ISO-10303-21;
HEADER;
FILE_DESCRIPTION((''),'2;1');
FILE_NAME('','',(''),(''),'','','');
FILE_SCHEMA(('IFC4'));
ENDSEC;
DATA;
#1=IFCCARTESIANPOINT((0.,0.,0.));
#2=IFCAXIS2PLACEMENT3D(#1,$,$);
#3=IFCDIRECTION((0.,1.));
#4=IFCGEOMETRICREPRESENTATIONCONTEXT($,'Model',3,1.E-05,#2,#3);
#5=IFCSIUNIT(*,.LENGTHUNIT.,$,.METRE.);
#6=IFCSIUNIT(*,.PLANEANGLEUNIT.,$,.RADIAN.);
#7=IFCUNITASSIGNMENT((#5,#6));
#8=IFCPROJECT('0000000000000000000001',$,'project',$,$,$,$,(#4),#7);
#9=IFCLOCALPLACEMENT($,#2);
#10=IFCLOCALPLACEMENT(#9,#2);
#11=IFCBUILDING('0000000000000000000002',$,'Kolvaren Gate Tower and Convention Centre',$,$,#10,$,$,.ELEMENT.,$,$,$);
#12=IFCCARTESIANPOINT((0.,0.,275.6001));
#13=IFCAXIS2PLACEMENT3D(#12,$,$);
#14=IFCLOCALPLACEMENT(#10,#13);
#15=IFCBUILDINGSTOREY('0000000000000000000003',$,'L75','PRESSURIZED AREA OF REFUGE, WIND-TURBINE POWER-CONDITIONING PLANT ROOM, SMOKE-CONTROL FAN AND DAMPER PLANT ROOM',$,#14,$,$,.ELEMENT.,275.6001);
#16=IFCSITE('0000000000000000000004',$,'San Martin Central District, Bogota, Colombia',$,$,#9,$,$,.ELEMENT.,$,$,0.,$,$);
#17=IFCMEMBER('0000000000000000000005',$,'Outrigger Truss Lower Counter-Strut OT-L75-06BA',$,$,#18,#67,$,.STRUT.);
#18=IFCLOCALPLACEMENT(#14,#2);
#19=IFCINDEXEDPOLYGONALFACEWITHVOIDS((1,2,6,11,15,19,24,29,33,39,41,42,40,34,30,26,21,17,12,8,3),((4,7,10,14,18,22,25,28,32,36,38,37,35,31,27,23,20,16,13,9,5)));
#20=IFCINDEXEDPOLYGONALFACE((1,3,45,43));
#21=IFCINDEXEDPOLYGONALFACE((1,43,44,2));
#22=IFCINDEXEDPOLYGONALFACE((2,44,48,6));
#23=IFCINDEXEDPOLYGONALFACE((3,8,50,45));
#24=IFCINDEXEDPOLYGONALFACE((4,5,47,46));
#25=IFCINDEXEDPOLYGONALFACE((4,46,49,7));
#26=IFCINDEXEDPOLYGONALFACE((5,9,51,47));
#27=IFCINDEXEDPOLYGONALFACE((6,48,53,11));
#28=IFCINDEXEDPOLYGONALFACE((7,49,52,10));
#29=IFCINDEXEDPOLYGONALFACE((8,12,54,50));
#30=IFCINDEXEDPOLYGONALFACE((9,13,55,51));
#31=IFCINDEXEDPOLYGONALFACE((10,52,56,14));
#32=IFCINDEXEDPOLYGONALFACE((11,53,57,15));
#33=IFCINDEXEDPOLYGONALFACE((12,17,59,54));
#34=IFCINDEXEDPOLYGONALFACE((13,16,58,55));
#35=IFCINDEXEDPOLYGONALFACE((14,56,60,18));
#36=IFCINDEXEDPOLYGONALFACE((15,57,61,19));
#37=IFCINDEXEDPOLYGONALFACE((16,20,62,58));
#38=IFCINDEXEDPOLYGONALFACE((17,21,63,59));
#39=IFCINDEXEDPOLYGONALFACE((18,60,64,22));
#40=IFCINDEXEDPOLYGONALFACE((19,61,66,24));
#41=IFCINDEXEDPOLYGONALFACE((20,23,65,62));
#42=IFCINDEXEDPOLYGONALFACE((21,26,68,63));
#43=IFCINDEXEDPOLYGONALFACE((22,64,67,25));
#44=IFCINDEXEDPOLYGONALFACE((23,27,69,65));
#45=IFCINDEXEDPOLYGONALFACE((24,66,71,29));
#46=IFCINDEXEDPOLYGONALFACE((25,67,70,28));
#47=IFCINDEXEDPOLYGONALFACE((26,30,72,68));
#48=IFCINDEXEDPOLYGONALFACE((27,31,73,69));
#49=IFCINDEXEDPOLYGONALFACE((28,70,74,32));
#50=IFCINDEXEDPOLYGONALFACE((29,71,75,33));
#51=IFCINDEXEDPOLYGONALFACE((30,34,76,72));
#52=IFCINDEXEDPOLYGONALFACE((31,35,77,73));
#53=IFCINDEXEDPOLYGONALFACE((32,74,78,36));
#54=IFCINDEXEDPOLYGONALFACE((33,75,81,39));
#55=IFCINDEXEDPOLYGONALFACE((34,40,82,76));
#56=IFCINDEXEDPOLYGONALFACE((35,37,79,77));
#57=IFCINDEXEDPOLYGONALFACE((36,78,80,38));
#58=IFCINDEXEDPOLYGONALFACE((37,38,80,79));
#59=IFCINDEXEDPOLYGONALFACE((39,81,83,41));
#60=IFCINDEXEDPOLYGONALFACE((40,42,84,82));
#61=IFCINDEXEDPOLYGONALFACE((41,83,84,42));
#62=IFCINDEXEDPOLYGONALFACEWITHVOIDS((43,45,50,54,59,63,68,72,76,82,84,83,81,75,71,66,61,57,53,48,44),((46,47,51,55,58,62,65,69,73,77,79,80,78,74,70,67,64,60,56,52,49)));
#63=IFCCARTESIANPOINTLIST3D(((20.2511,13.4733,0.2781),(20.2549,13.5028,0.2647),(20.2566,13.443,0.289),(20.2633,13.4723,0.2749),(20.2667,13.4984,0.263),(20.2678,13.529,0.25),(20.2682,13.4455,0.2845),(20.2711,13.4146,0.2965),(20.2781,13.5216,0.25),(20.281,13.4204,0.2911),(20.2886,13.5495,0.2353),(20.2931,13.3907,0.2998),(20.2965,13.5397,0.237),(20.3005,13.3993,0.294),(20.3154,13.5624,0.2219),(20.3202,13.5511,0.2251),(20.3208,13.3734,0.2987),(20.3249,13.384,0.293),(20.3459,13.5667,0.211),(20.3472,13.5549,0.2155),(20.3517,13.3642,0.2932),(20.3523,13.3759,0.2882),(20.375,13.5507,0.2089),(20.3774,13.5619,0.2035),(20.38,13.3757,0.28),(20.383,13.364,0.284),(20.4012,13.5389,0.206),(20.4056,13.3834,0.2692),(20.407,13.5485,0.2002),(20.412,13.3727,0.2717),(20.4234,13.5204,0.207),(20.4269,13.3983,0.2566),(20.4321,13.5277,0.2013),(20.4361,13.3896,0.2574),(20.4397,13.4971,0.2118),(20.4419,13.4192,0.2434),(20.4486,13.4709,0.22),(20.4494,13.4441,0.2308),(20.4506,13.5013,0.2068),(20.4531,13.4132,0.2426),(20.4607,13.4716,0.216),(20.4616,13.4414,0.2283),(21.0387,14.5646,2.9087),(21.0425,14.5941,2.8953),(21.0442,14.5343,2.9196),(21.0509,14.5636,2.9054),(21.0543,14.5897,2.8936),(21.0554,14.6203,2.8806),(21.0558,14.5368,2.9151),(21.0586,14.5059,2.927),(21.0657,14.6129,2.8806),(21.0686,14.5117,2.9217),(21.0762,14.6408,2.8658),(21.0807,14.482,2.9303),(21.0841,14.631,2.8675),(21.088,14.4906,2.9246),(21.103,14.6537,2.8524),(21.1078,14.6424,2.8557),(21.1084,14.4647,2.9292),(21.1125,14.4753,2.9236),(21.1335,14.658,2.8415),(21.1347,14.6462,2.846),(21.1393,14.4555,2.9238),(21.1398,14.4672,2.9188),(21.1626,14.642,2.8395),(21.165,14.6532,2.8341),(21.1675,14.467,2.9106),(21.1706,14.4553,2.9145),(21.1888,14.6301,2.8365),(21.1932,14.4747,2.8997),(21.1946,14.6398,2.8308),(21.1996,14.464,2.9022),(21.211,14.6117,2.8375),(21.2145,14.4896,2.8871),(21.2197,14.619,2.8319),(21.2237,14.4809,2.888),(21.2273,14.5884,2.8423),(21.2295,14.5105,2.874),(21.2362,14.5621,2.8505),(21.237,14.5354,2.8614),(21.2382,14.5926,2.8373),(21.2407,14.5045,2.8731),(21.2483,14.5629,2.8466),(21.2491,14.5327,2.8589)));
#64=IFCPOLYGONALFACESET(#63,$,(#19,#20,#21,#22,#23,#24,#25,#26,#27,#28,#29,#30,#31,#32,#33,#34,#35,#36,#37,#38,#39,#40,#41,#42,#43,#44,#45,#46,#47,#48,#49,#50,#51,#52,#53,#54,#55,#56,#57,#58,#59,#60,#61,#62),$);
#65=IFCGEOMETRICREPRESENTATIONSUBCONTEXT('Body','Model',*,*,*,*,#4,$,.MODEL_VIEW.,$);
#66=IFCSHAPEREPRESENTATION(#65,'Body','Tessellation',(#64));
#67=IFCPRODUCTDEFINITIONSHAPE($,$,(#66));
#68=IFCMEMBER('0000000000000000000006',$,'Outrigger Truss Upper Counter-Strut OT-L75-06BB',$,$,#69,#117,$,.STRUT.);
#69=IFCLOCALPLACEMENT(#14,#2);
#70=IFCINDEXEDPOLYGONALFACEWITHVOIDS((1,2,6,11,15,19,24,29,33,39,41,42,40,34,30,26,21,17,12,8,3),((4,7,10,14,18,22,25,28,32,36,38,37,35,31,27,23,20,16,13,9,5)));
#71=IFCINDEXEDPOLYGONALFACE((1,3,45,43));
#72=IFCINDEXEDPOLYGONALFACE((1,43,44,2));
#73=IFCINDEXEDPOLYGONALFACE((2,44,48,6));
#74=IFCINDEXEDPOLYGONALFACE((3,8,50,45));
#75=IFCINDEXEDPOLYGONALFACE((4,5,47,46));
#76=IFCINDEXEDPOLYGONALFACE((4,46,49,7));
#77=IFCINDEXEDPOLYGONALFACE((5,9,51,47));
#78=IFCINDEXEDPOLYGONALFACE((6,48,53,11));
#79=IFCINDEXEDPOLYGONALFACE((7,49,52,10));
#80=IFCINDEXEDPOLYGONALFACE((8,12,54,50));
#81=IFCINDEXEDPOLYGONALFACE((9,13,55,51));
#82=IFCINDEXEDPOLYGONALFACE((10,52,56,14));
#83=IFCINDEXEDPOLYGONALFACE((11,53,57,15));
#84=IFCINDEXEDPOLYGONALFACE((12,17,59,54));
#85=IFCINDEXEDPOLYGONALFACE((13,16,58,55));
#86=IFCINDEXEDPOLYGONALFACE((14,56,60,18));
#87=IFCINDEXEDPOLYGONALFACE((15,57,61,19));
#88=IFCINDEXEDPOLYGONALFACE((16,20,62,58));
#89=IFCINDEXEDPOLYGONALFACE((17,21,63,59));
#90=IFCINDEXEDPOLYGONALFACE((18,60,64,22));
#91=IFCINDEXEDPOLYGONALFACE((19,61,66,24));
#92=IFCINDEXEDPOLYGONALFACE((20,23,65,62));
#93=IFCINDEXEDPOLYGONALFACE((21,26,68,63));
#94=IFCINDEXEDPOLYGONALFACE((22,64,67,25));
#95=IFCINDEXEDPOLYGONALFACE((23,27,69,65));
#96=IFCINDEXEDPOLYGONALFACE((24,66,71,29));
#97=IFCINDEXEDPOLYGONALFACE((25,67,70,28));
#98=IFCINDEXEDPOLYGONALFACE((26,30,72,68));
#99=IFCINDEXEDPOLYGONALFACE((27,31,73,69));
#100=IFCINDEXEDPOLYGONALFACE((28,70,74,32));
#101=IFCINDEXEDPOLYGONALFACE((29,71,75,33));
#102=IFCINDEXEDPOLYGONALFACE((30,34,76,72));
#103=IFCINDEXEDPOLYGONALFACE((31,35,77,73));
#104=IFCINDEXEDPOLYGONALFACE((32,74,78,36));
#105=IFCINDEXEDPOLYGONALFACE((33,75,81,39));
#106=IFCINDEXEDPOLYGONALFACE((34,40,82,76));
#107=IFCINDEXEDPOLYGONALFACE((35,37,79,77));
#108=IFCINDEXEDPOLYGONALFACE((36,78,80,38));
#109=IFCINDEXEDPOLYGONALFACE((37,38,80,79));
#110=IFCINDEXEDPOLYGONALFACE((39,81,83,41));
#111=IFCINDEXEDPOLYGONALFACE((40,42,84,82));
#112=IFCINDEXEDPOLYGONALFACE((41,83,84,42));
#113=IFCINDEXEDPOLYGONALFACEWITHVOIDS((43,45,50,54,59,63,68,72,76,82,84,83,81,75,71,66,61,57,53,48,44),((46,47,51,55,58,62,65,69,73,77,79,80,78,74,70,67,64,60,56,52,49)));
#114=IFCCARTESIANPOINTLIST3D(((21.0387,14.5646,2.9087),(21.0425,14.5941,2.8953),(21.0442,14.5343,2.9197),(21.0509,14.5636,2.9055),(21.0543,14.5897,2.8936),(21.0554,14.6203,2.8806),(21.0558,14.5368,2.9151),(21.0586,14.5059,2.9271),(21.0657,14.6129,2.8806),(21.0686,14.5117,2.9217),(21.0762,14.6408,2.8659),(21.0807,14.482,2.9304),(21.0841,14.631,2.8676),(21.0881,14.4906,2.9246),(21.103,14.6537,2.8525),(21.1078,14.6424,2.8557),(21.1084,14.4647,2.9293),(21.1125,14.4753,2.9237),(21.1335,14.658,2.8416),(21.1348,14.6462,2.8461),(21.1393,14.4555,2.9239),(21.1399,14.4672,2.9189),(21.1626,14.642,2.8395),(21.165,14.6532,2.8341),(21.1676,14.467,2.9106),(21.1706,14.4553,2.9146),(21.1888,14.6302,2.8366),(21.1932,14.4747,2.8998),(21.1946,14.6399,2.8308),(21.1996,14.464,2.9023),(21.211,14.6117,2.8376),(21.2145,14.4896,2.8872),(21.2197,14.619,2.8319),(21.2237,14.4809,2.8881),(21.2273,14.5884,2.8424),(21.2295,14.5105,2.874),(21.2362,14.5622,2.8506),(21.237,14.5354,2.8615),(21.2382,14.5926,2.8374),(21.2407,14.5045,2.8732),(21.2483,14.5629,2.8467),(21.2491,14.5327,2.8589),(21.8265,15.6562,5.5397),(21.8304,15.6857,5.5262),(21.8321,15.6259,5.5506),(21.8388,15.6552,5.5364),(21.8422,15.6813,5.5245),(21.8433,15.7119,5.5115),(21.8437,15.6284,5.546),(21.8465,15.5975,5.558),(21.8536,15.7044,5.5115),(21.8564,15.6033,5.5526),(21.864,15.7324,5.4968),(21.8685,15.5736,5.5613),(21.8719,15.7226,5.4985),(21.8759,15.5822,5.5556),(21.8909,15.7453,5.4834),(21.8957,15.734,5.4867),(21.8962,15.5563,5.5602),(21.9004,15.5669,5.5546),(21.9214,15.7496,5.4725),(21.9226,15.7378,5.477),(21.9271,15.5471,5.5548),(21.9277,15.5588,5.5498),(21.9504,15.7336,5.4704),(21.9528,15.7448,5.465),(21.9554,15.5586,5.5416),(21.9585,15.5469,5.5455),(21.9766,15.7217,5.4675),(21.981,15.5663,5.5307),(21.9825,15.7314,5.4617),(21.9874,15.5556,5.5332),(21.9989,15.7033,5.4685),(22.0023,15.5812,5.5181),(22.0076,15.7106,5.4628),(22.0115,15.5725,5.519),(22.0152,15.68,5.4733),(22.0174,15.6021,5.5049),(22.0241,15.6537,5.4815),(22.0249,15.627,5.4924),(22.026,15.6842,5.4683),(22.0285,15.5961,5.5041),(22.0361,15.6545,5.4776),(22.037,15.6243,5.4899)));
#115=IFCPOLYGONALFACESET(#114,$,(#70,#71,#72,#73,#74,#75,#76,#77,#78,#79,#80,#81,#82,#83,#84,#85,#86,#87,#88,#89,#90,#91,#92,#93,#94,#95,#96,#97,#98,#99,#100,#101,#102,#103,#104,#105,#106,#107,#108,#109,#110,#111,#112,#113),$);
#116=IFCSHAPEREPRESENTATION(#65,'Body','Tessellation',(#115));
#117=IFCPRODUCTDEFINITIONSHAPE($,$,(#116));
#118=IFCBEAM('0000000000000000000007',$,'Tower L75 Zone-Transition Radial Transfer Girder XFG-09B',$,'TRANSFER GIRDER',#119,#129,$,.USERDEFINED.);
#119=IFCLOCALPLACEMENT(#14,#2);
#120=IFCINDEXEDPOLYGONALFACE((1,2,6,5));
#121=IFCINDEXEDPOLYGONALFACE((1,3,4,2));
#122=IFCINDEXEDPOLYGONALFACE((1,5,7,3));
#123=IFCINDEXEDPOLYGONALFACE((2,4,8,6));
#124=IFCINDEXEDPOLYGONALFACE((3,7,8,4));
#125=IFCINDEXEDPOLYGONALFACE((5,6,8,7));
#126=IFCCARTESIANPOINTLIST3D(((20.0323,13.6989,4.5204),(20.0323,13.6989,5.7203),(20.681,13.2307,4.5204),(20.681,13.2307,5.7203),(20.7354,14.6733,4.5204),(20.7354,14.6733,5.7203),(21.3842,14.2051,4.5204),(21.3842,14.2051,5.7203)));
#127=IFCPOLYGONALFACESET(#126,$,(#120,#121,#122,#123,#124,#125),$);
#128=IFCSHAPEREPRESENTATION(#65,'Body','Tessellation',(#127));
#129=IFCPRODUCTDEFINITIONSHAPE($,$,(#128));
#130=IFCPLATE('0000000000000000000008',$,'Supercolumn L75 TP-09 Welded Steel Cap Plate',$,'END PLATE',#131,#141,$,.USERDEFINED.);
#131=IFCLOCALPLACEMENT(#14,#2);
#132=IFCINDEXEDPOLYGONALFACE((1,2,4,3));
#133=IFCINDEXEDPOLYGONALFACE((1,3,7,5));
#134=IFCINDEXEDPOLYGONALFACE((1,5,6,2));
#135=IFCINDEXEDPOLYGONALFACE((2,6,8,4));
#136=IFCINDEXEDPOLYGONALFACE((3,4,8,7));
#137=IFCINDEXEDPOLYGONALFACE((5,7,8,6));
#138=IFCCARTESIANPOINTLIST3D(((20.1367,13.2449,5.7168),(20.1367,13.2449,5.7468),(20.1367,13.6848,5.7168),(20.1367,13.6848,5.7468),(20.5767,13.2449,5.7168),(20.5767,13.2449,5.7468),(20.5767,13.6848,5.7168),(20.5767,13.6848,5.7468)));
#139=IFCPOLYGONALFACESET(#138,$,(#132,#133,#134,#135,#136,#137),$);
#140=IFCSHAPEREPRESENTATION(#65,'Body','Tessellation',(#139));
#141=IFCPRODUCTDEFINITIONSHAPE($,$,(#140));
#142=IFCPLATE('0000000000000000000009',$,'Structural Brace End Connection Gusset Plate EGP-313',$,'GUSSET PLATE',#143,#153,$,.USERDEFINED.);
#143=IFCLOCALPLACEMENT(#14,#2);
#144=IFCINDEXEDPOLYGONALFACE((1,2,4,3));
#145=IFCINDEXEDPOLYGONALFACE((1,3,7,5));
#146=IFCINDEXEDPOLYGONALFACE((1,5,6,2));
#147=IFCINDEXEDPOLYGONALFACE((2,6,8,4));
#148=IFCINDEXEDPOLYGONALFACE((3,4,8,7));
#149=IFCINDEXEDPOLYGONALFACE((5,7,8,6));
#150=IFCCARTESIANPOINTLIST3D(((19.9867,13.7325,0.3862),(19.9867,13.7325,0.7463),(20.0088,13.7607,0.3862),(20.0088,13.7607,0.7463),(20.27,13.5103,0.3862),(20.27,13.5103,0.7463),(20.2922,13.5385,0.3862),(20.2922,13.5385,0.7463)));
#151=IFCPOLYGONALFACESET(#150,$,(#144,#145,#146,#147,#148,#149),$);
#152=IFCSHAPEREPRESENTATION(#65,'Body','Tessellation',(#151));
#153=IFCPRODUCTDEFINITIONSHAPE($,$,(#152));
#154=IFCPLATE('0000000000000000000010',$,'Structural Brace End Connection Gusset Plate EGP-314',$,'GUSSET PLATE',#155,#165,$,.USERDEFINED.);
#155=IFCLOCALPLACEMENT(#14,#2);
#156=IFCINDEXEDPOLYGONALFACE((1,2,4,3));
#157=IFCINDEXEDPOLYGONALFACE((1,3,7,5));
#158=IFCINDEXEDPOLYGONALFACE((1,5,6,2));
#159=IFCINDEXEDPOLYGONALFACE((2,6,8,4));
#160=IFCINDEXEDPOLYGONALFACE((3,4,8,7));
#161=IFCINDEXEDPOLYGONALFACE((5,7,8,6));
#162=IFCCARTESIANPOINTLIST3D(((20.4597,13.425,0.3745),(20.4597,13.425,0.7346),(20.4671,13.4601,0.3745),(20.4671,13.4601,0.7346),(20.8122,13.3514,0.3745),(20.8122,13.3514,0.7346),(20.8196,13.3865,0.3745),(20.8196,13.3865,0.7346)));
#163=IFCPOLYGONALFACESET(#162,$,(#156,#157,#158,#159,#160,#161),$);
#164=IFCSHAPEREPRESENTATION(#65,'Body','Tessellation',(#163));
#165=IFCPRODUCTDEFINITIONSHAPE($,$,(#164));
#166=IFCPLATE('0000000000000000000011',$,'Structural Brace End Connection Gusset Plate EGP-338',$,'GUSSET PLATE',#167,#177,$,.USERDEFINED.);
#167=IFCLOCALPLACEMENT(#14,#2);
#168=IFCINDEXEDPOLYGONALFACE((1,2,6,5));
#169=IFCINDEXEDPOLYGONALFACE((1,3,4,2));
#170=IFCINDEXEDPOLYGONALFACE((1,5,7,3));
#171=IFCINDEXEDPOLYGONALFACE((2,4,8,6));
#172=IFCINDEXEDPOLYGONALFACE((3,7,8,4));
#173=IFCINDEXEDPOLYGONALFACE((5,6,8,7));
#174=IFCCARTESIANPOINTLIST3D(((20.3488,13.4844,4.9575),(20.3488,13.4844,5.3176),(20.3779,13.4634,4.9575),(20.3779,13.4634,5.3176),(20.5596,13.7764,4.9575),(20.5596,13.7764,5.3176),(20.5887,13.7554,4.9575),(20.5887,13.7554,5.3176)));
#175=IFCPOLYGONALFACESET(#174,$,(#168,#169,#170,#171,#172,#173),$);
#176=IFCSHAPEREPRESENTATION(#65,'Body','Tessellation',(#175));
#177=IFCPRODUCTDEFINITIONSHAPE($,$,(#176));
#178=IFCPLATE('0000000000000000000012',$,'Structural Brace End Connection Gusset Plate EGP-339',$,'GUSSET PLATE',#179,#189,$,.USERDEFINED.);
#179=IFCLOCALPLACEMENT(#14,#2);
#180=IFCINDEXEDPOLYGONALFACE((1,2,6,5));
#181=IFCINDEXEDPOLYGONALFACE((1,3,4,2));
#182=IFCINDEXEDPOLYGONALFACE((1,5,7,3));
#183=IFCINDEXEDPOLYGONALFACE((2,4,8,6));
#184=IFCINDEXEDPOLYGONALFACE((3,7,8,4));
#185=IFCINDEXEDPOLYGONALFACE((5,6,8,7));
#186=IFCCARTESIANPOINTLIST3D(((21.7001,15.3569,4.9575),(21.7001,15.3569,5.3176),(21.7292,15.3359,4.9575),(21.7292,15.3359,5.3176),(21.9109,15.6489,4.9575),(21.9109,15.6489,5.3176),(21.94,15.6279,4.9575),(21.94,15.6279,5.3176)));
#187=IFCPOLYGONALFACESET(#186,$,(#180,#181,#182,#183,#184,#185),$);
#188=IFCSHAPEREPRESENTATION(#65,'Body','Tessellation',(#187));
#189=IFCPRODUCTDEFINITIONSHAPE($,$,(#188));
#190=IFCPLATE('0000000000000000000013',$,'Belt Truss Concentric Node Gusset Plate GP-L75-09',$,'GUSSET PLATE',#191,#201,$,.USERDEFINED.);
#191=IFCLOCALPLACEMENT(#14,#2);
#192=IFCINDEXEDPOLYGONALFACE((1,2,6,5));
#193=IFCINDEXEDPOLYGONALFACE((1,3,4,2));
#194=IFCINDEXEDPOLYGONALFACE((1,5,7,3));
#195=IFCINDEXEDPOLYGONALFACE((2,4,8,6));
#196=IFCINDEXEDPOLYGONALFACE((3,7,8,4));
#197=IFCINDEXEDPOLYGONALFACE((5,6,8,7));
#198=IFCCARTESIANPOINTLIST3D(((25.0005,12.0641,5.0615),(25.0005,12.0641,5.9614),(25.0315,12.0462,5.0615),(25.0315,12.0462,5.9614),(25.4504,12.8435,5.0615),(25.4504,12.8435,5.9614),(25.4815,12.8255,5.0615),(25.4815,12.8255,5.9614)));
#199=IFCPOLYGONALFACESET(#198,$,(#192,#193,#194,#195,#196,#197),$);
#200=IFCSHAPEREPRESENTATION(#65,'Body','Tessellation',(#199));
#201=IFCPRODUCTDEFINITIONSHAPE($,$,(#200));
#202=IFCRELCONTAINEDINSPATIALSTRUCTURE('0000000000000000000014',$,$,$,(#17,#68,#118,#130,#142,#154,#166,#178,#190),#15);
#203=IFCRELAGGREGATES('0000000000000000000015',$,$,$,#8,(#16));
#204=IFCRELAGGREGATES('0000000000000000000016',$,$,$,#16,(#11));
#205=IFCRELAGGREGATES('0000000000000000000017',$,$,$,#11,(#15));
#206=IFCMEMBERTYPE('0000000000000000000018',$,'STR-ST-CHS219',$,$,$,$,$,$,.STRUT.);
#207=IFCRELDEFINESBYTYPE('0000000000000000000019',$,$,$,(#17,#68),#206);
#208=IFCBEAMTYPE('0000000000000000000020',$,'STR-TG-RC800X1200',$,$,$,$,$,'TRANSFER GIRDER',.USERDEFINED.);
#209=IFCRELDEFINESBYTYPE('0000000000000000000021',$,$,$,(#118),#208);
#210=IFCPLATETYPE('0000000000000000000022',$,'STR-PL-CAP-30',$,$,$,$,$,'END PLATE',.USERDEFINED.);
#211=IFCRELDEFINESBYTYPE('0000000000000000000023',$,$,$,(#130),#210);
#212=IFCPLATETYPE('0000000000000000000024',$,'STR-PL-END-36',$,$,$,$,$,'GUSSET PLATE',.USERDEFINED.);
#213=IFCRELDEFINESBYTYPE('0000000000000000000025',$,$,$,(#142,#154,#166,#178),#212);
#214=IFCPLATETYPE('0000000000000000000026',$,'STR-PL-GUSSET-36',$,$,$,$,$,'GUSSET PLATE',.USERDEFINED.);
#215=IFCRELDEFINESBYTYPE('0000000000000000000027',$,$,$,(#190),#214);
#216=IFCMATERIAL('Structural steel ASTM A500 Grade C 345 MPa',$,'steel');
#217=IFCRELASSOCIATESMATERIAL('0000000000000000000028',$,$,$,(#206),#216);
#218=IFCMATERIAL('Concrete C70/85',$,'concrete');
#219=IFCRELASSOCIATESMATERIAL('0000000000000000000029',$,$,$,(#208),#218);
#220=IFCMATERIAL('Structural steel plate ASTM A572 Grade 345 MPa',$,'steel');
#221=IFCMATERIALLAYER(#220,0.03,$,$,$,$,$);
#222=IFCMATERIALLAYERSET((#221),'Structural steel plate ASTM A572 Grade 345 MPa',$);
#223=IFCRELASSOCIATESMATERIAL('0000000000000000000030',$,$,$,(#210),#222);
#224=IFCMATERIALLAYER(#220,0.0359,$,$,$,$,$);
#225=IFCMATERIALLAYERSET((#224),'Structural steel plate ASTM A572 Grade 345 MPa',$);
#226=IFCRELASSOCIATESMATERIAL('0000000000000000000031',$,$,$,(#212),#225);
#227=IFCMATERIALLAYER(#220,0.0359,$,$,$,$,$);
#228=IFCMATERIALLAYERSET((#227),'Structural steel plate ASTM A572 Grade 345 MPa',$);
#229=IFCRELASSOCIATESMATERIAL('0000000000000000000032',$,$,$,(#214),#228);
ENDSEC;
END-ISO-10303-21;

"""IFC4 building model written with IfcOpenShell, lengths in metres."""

from ifc_helpers import new_model, si_unit, direction, frame, origin, origin_2d, place, context, subcontext, project, spatial, rectangle, hollow_circle, extrude, material, layer, layer_set, material_profile, profile_set, type_object, element, save


model = new_model("IFC4")

# Units and contexts
model_context = context("Model", 3, precision=1e-05, world=origin(), true_north=direction((0.0, 1.0)))
body_context = subcontext(model_context, "Body", "Model", "MODEL_VIEW")
ifc_project = project(units=[si_unit("LENGTHUNIT", "METRE"), si_unit("PLANEANGLEUNIT", "RADIAN")], contexts=[model_context])

# Site, building, storey
site_placement = place(None, origin())
site = spatial("IfcSite", under=ifc_project, at=site_placement, Name="San Martin Central District, Bogota, Colombia", CompositionType="ELEMENT", RefElevation=0.0)
building_placement = place(site_placement, origin())
building = spatial("IfcBuilding", under=site, at=building_placement, Name="Kolvaren Gate Tower and Convention Centre", CompositionType="ELEMENT")
storey_placement = place(building_placement, frame((0.0, 0.0, 275.6001)))
storey = spatial("IfcBuildingStorey", under=building, at=storey_placement, Name="L75", Description="PRESSURIZED AREA OF REFUGE, WIND-TURBINE POWER-CONDITIONING PLANT ROOM, SMOKE-CONTROL FAN AND DAMPER PLANT ROOM", CompositionType="ELEMENT", Elevation=275.6001)

# Shared definitions
ifc_material_1 = material(Name="Structural steel ASTM A500 Grade C 345 MPa", Category="steel")

# Members
ifc_material_profile_1 = material_profile(ifc_material_1, hollow_circle(Radius=0.1096, WallThickness=0.0127, at=origin_2d()), Name="CHS219X12.7")
ifc_profile_set_1 = profile_set([ifc_material_profile_1], Name="Structural steel ASTM A500 Grade C 345 MPa")
member_type_1 = type_object("IfcMemberType", Name="STR-ST-CHS219", PredefinedType="STRUT", material=ifc_profile_set_1)
member_1_placement = place(storey_placement, frame((20.3567, 13.4648, 0.25), z_axis=(0.26654, 0.369322, 0.890257), x_axis=(-0.81088, 0.585212, 0.0)))
element("IfcMember", 1, at=member_1_placement, inside=storey, type_object=member_type_1, Name="Outrigger Truss Lower Counter-Strut OT-L75-06BA", PredefinedType="STRUT", context=body_context, shape_type="SweptSolid", body=[
    extrude(hollow_circle(Radius=0.1096, WallThickness=0.0127, at=origin_2d()), origin(), (0.0, 0.0, 1.0), 2.9548),
])
member_2_placement = place(storey_placement, frame((21.1443, 14.5562, 2.8806), z_axis=(0.266589, 0.369358, 0.890227), x_axis=(-0.810856, 0.585246, 0.0)))
element("IfcMember", 2, at=member_2_placement, inside=storey, type_object=member_type_1, Name="Outrigger Truss Upper Counter-Strut OT-L75-06BB", PredefinedType="STRUT", context=body_context, shape_type="SweptSolid", body=[
    extrude(hollow_circle(Radius=0.1096, WallThickness=0.0127, at=origin_2d()), origin(), (0.0, 0.0, 1.0), 2.9553),
])

# Beam
ifc_material_2 = material(Name="Concrete C70/85", Category="concrete")
ifc_material_profile_2 = material_profile(ifc_material_2, rectangle(XDim=0.8, YDim=1.2, at=origin_2d()), Name="RC-BM-800X1200")
ifc_profile_set_2 = profile_set([ifc_material_profile_2], Name="Concrete C70/85")
beam_type_1 = type_object("IfcBeamType", Name="STR-TG-RC800X1200", ElementType="TRANSFER GIRDER", PredefinedType="USERDEFINED", material=ifc_profile_set_2)
beam_1_placement = place(storey_placement, frame((21.0598, 14.4392, 5.1204), z_axis=(-0.585172, -0.81091, 0.0), x_axis=(0.81091, -0.585172, 0.0)))
element("IfcBeam", 3, at=beam_1_placement, inside=storey, type_object=beam_type_1, Name="Tower L75 Zone-Transition Radial Transfer Girder XFG-09B", ObjectType="TRANSFER GIRDER", PredefinedType="USERDEFINED", context=body_context, shape_type="SweptSolid", body=[
    extrude(rectangle(XDim=0.8, YDim=1.2, at=origin_2d()), origin(), (0.0, 0.0, 1.0), 1.2017),
])

# Plates
ifc_material_3 = material(Name="Structural steel plate ASTM A572 Grade 345 MPa", Category="steel")
ifc_layer_1 = layer(ifc_material_3, 0.03)
ifc_layer_set_1 = layer_set([ifc_layer_1], Name="Structural steel plate ASTM A572 Grade 345 MPa")
plate_type_1 = type_object("IfcPlateType", Name="STR-PL-CAP-30", ElementType="END PLATE", PredefinedType="USERDEFINED", material=ifc_layer_set_1)
plate_1_placement = place(storey_placement, frame((20.3567, 13.4648, 5.7168), z_axis=(0.0, 0.0, 1.0), x_axis=(1.0, 0.0, 0.0)))
element("IfcPlate", 4, at=plate_1_placement, inside=storey, type_object=plate_type_1, Name="Supercolumn L75 TP-09 Welded Steel Cap Plate", ObjectType="END PLATE", PredefinedType="USERDEFINED", context=body_context, shape_type="SweptSolid", body=[
    extrude(rectangle(XDim=0.4399, YDim=0.4399, at=origin_2d()), origin(), (0.0, 0.0, 1.0), 0.03),
])
ifc_layer_2 = layer(ifc_material_3, 0.0359)
ifc_layer_set_2 = layer_set([ifc_layer_2], Name="Structural steel plate ASTM A572 Grade 345 MPa")
plate_type_2 = type_object("IfcPlateType", Name="STR-PL-END-36", ElementType="GUSSET PLATE", PredefinedType="USERDEFINED", material=ifc_layer_set_2)
for number, where, z_axis, x_axis, name in (
    (5, (20.1394, 13.6355, 0.3862), (0.0, 0.0, 1.0), (-0.786848, 0.617147, 0.0), "Structural Brace End Connection Gusset Plate EGP-313"),
    (6, (20.6396, 13.4058, 0.3745), (0.0, 0.0, 1.0), (0.978885, -0.204411, 0.0), "Structural Brace End Connection Gusset Plate EGP-314"),
    (7, (20.4688, 13.6199, 4.9575), (0.0, 0.0, 1.0), (-0.585205, -0.810885, 0.0), "Structural Brace End Connection Gusset Plate EGP-338"),
    (8, (21.8201, 15.4924, 4.9575), (0.0, 0.0, 1.0), (0.585229, 0.810868, 0.0), "Structural Brace End Connection Gusset Plate EGP-339"),
):
    element("IfcPlate", number, at=place(storey_placement, frame(where, z_axis=z_axis, x_axis=x_axis)), inside=storey, type_object=plate_type_2, Name=name, ObjectType="GUSSET PLATE", PredefinedType="USERDEFINED", context=body_context, shape_type="SweptSolid", body=[
        extrude(rectangle(XDim=0.3601, YDim=0.0359, at=origin_2d()), origin(), (0.0, 0.0, 1.0), 0.3601),
    ])
ifc_layer_3 = layer(ifc_material_3, 0.0359)
ifc_layer_set_3 = layer_set([ifc_layer_3], Name="Structural steel plate ASTM A572 Grade 345 MPa")
plate_type_3 = type_object("IfcPlateType", Name="STR-PL-GUSSET-36", ElementType="GUSSET PLATE", PredefinedType="USERDEFINED", material=ifc_layer_set_3)
plate_2_placement = place(storey_placement, frame((25.241, 12.4448, 5.0615), z_axis=(0.0, 0.0, 1.0), x_axis=(-0.5, -0.866025, 0.0)))
element("IfcPlate", 9, at=plate_2_placement, inside=storey, type_object=plate_type_3, Name="Belt Truss Concentric Node Gusset Plate GP-L75-09", ObjectType="GUSSET PLATE", PredefinedType="USERDEFINED", context=body_context, shape_type="SweptSolid", body=[
    extrude(rectangle(XDim=0.8999, YDim=0.0359, at=origin_2d()), origin(), (0.0, 0.0, 1.0), 0.8999),
])

save(model, "model.ifc")
